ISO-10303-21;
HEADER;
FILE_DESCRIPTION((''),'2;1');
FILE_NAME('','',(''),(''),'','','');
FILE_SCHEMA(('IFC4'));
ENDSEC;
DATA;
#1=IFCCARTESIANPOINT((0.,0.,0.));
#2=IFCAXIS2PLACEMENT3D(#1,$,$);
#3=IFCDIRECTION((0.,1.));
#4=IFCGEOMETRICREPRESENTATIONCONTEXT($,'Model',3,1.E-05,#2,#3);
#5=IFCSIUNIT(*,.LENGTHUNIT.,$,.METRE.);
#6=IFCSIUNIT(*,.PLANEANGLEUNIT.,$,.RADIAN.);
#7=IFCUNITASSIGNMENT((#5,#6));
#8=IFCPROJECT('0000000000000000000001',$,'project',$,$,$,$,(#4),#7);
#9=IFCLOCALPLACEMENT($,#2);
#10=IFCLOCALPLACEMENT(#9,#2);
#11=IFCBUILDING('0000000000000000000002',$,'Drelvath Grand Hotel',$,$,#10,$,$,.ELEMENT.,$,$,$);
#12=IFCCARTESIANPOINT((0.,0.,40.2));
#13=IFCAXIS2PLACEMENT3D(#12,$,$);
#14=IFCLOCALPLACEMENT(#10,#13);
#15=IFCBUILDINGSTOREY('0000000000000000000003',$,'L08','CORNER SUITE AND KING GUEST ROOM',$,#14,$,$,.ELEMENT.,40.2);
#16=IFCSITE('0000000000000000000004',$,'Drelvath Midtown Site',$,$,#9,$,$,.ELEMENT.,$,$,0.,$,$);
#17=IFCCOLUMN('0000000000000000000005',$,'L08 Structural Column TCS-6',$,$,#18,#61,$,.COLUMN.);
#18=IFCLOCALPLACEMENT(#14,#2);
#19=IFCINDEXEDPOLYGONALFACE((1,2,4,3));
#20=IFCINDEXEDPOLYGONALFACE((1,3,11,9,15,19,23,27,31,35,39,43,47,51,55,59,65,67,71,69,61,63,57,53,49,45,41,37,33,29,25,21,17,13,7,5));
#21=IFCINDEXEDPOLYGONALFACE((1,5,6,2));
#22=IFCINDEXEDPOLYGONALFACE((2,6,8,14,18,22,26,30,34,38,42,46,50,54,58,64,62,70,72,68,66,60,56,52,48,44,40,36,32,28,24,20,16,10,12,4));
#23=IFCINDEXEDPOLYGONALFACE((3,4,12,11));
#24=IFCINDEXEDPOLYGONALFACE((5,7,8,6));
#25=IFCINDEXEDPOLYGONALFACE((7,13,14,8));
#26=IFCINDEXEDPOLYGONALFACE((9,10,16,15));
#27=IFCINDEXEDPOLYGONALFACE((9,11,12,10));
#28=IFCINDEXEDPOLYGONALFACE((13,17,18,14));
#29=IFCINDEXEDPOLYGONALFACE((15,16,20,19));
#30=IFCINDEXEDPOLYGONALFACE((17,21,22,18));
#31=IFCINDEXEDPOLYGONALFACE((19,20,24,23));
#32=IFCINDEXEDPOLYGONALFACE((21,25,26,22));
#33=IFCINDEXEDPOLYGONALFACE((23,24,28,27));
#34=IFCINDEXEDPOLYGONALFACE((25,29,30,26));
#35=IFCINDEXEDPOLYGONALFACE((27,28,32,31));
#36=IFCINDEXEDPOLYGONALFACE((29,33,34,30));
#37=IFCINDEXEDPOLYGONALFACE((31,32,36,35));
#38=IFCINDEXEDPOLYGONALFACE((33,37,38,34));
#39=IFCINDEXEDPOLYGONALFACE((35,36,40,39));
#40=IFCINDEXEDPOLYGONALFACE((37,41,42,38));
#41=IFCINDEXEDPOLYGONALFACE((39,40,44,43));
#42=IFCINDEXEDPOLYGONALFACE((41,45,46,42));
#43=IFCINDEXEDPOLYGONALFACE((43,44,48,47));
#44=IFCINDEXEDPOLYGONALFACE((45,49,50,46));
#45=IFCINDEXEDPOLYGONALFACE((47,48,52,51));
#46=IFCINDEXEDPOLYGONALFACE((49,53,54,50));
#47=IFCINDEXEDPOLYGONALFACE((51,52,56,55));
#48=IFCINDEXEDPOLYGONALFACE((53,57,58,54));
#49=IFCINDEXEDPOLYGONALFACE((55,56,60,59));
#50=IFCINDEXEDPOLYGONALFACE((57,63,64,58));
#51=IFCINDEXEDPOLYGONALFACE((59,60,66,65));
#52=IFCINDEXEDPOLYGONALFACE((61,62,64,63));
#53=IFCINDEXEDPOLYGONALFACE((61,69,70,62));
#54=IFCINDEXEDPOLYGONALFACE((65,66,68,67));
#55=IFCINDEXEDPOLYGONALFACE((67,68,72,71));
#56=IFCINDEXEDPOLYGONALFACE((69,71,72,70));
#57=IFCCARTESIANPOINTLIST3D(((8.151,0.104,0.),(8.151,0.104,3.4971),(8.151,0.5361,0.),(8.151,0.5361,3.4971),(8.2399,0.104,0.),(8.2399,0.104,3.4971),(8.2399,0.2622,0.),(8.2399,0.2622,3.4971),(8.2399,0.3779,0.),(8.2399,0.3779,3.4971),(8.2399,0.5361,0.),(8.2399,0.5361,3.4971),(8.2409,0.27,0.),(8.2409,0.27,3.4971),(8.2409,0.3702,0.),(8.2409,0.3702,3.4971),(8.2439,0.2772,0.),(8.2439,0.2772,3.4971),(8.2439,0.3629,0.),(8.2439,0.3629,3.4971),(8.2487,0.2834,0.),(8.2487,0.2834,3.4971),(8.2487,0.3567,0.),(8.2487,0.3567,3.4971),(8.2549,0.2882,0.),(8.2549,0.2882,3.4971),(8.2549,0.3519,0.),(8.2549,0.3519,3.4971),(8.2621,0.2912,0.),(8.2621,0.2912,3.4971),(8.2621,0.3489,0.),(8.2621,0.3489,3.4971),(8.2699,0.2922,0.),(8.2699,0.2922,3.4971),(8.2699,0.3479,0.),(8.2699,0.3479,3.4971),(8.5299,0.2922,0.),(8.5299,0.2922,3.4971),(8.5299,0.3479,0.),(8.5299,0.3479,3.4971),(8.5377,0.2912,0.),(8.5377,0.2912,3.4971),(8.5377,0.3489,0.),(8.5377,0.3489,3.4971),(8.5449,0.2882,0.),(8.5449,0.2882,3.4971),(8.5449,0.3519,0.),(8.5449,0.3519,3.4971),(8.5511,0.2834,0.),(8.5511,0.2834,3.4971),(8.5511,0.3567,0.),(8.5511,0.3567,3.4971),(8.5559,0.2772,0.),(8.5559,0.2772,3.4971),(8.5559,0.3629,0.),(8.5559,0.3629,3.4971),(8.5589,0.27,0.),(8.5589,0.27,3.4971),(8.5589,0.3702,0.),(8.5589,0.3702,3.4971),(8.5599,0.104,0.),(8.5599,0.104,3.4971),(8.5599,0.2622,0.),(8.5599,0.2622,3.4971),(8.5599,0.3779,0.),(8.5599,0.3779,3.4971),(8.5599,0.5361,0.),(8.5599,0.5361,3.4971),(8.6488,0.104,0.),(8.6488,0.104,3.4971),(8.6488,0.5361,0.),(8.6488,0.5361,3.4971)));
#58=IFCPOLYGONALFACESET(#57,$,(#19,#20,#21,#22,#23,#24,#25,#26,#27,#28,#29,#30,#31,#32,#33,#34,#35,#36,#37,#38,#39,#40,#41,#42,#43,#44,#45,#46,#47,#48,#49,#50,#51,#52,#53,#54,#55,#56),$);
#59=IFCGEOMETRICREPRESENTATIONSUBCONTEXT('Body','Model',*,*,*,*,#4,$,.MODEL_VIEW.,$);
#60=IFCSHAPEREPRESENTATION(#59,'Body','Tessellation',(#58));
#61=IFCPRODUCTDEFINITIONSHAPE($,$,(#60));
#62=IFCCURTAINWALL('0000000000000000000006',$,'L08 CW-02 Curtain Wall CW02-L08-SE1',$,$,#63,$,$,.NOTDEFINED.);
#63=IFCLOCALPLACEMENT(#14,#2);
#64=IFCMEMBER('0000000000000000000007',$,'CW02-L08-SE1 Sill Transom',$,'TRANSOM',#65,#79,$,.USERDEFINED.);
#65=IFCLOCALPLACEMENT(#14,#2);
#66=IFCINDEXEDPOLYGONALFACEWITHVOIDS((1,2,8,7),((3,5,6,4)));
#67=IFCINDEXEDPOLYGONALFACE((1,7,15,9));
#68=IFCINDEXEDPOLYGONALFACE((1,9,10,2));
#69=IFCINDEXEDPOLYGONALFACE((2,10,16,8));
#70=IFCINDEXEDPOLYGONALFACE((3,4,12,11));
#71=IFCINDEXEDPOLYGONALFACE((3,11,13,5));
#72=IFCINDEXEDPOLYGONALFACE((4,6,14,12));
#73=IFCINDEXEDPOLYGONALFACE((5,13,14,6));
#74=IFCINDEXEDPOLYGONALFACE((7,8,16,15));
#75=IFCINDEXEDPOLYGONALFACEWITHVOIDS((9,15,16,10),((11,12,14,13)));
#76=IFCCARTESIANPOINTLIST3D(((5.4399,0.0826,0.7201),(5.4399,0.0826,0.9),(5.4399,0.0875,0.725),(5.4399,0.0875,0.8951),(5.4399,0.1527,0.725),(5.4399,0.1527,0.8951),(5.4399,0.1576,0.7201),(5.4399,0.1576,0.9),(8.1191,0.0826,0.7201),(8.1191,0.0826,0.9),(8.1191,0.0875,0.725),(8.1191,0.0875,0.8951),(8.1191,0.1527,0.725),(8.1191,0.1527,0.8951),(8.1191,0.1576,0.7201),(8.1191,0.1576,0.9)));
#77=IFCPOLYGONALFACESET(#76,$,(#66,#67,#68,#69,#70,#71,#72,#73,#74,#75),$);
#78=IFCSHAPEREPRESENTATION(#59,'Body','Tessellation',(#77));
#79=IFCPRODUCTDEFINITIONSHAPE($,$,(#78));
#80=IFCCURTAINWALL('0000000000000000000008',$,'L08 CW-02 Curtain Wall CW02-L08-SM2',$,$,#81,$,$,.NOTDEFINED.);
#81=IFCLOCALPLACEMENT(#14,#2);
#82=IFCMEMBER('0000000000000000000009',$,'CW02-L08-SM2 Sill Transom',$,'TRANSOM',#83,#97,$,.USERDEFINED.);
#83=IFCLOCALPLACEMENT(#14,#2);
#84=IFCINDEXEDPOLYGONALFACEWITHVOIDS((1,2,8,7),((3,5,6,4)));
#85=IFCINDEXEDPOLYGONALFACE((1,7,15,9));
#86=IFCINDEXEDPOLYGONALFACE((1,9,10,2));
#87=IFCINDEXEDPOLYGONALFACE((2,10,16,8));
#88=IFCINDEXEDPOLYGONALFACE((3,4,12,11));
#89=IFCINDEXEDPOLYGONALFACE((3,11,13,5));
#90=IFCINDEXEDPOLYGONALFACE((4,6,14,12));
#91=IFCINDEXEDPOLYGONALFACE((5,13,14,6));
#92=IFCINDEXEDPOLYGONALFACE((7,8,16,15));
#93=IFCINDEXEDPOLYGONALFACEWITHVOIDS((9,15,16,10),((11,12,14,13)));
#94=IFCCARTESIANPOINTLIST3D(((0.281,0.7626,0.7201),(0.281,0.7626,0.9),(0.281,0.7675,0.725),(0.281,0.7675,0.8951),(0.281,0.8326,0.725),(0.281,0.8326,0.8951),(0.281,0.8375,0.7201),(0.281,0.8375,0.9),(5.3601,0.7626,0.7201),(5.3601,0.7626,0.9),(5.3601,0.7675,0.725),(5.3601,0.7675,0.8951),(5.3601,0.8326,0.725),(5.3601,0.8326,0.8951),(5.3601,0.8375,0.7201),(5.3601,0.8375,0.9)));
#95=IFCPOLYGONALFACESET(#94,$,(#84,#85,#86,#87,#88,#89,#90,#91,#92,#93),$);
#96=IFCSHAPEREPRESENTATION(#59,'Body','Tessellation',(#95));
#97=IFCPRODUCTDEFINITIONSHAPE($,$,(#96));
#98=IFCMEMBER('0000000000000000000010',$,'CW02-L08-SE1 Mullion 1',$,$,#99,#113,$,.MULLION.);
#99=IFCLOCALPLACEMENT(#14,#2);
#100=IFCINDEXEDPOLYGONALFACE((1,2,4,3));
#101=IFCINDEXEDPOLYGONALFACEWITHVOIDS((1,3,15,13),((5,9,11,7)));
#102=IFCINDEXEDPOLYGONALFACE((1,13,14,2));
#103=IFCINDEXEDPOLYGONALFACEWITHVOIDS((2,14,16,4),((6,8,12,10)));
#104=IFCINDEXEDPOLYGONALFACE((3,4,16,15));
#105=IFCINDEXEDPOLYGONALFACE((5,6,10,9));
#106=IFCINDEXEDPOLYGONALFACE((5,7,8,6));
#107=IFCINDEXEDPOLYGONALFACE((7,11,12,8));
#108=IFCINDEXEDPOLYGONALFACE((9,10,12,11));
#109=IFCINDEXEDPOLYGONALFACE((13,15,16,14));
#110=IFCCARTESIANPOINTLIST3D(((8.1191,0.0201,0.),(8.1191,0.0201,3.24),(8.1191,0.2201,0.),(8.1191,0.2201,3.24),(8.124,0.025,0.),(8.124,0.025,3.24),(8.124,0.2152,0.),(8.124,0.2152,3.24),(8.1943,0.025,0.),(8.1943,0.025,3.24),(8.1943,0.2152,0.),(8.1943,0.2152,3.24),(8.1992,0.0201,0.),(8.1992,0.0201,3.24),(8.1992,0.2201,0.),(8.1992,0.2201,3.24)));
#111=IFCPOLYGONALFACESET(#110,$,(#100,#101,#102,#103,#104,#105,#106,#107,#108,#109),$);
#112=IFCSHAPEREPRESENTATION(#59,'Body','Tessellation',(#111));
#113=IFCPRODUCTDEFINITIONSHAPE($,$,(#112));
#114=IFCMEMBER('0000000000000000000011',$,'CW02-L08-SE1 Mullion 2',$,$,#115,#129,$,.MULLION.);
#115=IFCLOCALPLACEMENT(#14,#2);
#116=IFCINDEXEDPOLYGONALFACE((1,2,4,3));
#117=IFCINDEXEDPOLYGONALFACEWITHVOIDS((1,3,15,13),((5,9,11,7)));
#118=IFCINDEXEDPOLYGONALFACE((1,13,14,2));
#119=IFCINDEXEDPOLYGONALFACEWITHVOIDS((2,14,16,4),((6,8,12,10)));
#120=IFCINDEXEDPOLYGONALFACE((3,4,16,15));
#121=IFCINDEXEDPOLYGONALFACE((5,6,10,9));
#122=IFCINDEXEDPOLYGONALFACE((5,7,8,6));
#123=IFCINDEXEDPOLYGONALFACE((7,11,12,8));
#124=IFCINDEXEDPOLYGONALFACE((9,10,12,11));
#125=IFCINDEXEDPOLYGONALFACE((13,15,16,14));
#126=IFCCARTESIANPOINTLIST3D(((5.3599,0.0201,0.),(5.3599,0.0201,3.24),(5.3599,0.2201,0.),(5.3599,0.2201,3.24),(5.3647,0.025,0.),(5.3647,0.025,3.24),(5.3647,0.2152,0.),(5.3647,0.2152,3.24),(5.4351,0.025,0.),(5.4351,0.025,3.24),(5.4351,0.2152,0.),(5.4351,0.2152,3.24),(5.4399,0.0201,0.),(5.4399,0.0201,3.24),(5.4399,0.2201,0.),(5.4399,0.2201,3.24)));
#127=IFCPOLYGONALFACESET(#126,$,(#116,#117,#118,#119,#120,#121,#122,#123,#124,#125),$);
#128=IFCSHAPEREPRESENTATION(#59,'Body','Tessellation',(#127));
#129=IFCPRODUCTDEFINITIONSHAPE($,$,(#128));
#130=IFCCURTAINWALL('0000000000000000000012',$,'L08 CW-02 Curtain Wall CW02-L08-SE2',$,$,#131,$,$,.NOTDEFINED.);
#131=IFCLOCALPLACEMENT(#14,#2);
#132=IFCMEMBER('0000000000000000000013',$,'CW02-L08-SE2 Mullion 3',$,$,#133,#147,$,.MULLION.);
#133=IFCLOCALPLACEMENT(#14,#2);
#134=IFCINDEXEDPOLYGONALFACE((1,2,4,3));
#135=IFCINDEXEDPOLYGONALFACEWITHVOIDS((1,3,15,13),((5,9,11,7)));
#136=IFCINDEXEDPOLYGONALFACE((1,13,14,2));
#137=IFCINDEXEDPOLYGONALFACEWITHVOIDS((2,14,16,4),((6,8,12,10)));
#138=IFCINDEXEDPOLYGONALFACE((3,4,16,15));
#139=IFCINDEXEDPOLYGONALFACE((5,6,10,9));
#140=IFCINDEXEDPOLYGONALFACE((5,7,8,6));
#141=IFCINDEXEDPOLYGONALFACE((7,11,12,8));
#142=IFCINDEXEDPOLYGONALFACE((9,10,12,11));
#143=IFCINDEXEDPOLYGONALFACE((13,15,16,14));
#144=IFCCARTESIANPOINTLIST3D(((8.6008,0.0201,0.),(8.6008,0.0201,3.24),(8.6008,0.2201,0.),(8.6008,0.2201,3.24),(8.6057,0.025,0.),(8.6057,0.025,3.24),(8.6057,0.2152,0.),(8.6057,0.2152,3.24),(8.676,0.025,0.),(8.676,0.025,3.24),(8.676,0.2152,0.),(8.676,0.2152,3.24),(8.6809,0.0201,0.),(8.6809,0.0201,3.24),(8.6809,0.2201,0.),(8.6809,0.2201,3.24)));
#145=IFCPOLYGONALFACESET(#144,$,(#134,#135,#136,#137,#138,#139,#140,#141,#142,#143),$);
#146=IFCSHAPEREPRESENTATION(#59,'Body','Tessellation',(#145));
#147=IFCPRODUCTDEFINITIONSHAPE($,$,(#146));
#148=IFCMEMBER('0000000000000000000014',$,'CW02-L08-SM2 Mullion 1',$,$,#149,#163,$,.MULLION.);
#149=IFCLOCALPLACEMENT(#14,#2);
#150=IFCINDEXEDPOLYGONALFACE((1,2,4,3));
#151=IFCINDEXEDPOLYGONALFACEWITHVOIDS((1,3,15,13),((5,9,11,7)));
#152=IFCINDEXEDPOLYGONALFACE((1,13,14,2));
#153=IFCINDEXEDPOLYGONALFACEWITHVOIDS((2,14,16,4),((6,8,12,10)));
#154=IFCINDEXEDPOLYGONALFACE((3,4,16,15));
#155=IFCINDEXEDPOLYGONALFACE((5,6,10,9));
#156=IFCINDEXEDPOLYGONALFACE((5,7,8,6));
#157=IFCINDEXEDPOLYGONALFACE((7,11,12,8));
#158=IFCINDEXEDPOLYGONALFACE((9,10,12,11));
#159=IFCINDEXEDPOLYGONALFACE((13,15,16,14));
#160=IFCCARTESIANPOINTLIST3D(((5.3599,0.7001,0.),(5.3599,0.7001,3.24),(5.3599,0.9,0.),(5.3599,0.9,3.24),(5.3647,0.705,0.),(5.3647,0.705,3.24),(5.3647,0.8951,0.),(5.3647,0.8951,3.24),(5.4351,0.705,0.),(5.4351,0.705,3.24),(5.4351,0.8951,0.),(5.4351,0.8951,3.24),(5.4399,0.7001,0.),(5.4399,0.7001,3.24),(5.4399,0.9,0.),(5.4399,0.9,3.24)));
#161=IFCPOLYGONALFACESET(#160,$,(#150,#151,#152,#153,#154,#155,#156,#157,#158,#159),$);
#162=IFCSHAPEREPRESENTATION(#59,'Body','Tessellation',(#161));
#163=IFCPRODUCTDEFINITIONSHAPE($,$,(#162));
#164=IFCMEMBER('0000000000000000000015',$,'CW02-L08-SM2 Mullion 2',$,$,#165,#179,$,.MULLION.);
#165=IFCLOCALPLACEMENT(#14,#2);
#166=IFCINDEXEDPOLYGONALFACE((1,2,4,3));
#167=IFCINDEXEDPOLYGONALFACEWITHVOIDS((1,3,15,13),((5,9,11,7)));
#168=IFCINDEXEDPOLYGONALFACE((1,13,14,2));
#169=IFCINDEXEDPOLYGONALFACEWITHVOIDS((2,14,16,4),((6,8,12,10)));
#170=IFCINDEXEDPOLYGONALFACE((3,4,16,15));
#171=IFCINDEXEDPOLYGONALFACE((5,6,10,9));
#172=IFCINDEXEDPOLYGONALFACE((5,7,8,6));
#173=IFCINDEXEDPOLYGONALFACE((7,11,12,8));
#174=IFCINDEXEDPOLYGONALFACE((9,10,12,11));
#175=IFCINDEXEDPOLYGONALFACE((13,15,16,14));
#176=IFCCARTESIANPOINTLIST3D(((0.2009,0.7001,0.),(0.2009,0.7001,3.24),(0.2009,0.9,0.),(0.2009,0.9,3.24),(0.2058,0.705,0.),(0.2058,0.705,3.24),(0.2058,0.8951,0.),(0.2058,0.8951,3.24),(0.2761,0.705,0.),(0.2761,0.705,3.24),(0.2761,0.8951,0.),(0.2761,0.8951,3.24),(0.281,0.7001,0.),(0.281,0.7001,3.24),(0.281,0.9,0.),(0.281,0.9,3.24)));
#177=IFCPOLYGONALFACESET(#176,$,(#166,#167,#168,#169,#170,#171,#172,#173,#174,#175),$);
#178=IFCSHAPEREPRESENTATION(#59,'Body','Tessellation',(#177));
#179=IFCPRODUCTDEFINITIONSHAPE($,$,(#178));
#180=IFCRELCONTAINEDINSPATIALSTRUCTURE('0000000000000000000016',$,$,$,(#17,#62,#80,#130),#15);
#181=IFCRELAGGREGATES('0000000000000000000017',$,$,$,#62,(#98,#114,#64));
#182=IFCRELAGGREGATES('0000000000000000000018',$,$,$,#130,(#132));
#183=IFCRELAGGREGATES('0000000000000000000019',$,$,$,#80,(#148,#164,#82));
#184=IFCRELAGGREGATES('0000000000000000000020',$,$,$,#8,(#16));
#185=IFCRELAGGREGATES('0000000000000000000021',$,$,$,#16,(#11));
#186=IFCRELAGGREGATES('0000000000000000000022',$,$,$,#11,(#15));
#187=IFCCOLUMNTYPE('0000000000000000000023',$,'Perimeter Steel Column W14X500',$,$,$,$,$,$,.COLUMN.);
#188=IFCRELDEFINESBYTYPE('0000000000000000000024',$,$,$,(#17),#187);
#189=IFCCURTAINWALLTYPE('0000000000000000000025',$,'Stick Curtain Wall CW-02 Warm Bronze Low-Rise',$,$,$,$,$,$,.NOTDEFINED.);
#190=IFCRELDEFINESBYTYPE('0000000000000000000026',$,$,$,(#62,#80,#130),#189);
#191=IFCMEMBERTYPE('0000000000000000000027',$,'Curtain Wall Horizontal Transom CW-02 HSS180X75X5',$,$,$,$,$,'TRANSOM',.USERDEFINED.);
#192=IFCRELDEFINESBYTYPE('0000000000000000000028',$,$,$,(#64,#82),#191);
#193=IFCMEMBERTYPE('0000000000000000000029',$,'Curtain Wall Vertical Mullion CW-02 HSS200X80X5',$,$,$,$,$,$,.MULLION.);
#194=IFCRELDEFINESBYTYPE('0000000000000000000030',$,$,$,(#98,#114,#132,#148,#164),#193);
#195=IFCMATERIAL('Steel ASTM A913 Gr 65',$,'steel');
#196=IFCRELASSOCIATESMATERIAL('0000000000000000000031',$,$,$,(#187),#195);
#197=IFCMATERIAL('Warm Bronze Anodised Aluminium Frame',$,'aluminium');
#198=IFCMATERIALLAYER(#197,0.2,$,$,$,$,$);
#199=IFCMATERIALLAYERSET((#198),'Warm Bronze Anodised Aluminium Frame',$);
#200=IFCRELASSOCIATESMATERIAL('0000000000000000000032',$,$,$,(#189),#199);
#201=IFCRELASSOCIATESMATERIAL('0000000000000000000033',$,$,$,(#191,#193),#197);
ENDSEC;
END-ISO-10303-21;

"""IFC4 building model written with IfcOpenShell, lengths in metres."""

from ifc_helpers import new_model, si_unit, direction, frame, origin, origin_2d, place, context, subcontext, project, spatial, hollow_rectangle, i_section, extrude, material, layer, layer_set, material_profile, profile_set, type_object, element, aggregate, save


model = new_model("IFC4")

# Units and contexts
model_context = context("Model", 3, precision=1e-05, world=origin(), true_north=direction((0.0, 1.0)))
body_context = subcontext(model_context, "Body", "Model", "MODEL_VIEW")
ifc_project = project(units=[si_unit("LENGTHUNIT", "METRE"), si_unit("PLANEANGLEUNIT", "RADIAN")], contexts=[model_context])

# Site, building, storey
site_placement = place(None, origin())
site = spatial("IfcSite", under=ifc_project, at=site_placement, Name="Drelvath Midtown Site", CompositionType="ELEMENT", RefElevation=0.0)
building_placement = place(site_placement, origin())
building = spatial("IfcBuilding", under=site, at=building_placement, Name="Drelvath Grand Hotel", CompositionType="ELEMENT")
storey_placement = place(building_placement, frame((0.0, 0.0, 40.2)))
storey = spatial("IfcBuildingStorey", under=building, at=storey_placement, Name="L08", Description="CORNER SUITE AND KING GUEST ROOM", CompositionType="ELEMENT", Elevation=40.2)

# Column
ifc_material_1 = material(Name="Steel ASTM A913 Gr 65", Category="steel")
ifc_material_profile_1 = material_profile(ifc_material_1, i_section(OverallWidth=0.4321, OverallDepth=0.4978, WebThickness=0.0557, FlangeThickness=0.0889, FilletRadius=0.03, at=origin_2d()), Name="W14X500")
ifc_profile_set_1 = profile_set([ifc_material_profile_1], Name="Steel ASTM A913 Gr 65")
column_type = type_object("IfcColumnType", Name="Perimeter Steel Column W14X500", PredefinedType="COLUMN", material=ifc_profile_set_1)
column_placement = place(storey_placement, frame((8.3999, 0.3201, 0.0), z_axis=(0.0, 0.0, 1.0), x_axis=(0.0, 1.0, 0.0)))
element("IfcColumn", 1, at=column_placement, inside=storey, type_object=column_type, Name="L08 Structural Column TCS-6", PredefinedType="COLUMN", context=body_context, shape_type="SweptSolid", body=[
    extrude(i_section(OverallWidth=0.4321, OverallDepth=0.4978, WebThickness=0.0557, FlangeThickness=0.0889, FilletRadius=0.03, at=origin_2d()), origin(), (0.0, 0.0, 1.0), 3.4971),
])

# Curtain walls, members
ifc_material_2 = material(Name="Warm Bronze Anodised Aluminium Frame", Category="aluminium")
ifc_layer_1 = layer(ifc_material_2, 0.2)
ifc_layer_set_1 = layer_set([ifc_layer_1], Name="Warm Bronze Anodised Aluminium Frame")
curtain_wall_type = type_object("IfcCurtainWallType", Name="Stick Curtain Wall CW-02 Warm Bronze Low-Rise", PredefinedType="NOTDEFINED", material=ifc_layer_set_1)
curtain_wall_1_placement = place(storey_placement, origin())
curtain_wall_1 = element("IfcCurtainWall", 2, at=curtain_wall_1_placement, inside=storey, type_object=curtain_wall_type, Name="L08 CW-02 Curtain Wall CW02-L08-SE1", PredefinedType="NOTDEFINED")
ifc_material_profile_2 = material_profile(ifc_material_2, hollow_rectangle(XDim=0.075, YDim=0.1799, WallThickness=0.0049, at=origin_2d()), Name="HSS180X75X5")
ifc_profile_set_2 = profile_set([ifc_material_profile_2], Name="Warm Bronze Anodised Aluminium Frame")
member_type_1 = type_object("IfcMemberType", Name="Curtain Wall Horizontal Transom CW-02 HSS180X75X5", ElementType="TRANSOM", PredefinedType="USERDEFINED", material=ifc_profile_set_2)
member_1_placement = place(storey_placement, frame((8.1191, 0.1201, 0.8101), z_axis=(-1.0, 0.0, 0.0), x_axis=(0.0, -1.0, 0.0)))
member_1 = element("IfcMember", 3, at=member_1_placement, type_object=member_type_1, Name="CW02-L08-SE1 Sill Transom", ObjectType="TRANSOM", PredefinedType="USERDEFINED", context=body_context, shape_type="SweptSolid", body=[
    extrude(hollow_rectangle(XDim=0.075, YDim=0.1799, WallThickness=0.0049, at=origin_2d()), origin(), (0.0, 0.0, 1.0), 2.6792),
])
curtain_wall_2_placement = place(storey_placement, origin())
curtain_wall_2 = element("IfcCurtainWall", 4, at=curtain_wall_2_placement, inside=storey, type_object=curtain_wall_type, Name="L08 CW-02 Curtain Wall CW02-L08-SM2", PredefinedType="NOTDEFINED")
member_2_placement = place(storey_placement, frame((5.3601, 0.8, 0.8101), z_axis=(-1.0, 0.0, 0.0), x_axis=(0.0, -1.0, 0.0)))
member_2 = element("IfcMember", 5, at=member_2_placement, type_object=member_type_1, Name="CW02-L08-SM2 Sill Transom", ObjectType="TRANSOM", PredefinedType="USERDEFINED", context=body_context, shape_type="SweptSolid", body=[
    extrude(hollow_rectangle(XDim=0.075, YDim=0.1799, WallThickness=0.0049, at=origin_2d()), origin(), (0.0, 0.0, 1.0), 5.0791),
])

# Members
ifc_material_profile_3 = material_profile(ifc_material_2, hollow_rectangle(XDim=0.0801, YDim=0.2, WallThickness=0.0049, at=origin_2d()), Name="HSS200X80X5")
ifc_profile_set_3 = profile_set([ifc_material_profile_3], Name="Warm Bronze Anodised Aluminium Frame")
member_type_2 = type_object("IfcMemberType", Name="Curtain Wall Vertical Mullion CW-02 HSS200X80X5", PredefinedType="MULLION", material=ifc_profile_set_3)
member_3_placement = place(storey_placement, frame((8.1592, 0.1201, 0.0), z_axis=(0.0, 0.0, 1.0), x_axis=(1.0, 0.0, 0.0)))
member_3 = element("IfcMember", 6, at=member_3_placement, type_object=member_type_2, Name="CW02-L08-SE1 Mullion 1", PredefinedType="MULLION", context=body_context, shape_type="SweptSolid", body=[
    extrude(hollow_rectangle(XDim=0.0801, YDim=0.2, WallThickness=0.0049, at=origin_2d()), origin(), (0.0, 0.0, 1.0), 3.24),
])
member_4_placement = place(storey_placement, frame((5.3999, 0.1201, 0.0), z_axis=(0.0, 0.0, 1.0), x_axis=(1.0, 0.0, 0.0)))
member_4 = element("IfcMember", 7, at=member_4_placement, type_object=member_type_2, Name="CW02-L08-SE1 Mullion 2", PredefinedType="MULLION", context=body_context, shape_type="SweptSolid", body=[
    extrude(hollow_rectangle(XDim=0.0801, YDim=0.2, WallThickness=0.0049, at=origin_2d()), origin(), (0.0, 0.0, 1.0), 3.24),
])

# Curtain wall, member
curtain_wall_3_placement = place(storey_placement, origin())
curtain_wall_3 = element("IfcCurtainWall", 8, at=curtain_wall_3_placement, inside=storey, type_object=curtain_wall_type, Name="L08 CW-02 Curtain Wall CW02-L08-SE2", PredefinedType="NOTDEFINED")
member_5_placement = place(storey_placement, frame((8.6409, 0.1201, 0.0), z_axis=(0.0, 0.0, 1.0), x_axis=(1.0, 0.0, 0.0)))
member_5 = element("IfcMember", 9, at=member_5_placement, type_object=member_type_2, Name="CW02-L08-SE2 Mullion 3", PredefinedType="MULLION", context=body_context, shape_type="SweptSolid", body=[
    extrude(hollow_rectangle(XDim=0.0801, YDim=0.2, WallThickness=0.0049, at=origin_2d()), origin(), (0.0, 0.0, 1.0), 3.24),
])

# Members
member_6_placement = place(storey_placement, frame((5.3999, 0.8, 0.0), z_axis=(0.0, 0.0, 1.0), x_axis=(1.0, 0.0, 0.0)))
member_6 = element("IfcMember", 10, at=member_6_placement, type_object=member_type_2, Name="CW02-L08-SM2 Mullion 1", PredefinedType="MULLION", context=body_context, shape_type="SweptSolid", body=[
    extrude(hollow_rectangle(XDim=0.0801, YDim=0.2, WallThickness=0.0049, at=origin_2d()), origin(), (0.0, 0.0, 1.0), 3.24),
])
member_7_placement = place(storey_placement, frame((0.241, 0.8, 0.0), z_axis=(0.0, 0.0, 1.0), x_axis=(1.0, 0.0, 0.0)))
member_7 = element("IfcMember", 11, at=member_7_placement, type_object=member_type_2, Name="CW02-L08-SM2 Mullion 2", PredefinedType="MULLION", context=body_context, shape_type="SweptSolid", body=[
    extrude(hollow_rectangle(XDim=0.0801, YDim=0.2, WallThickness=0.0049, at=origin_2d()), origin(), (0.0, 0.0, 1.0), 3.24),
])

aggregate(curtain_wall_1, [member_3, member_4, member_1])
aggregate(curtain_wall_3, [member_5])
aggregate(curtain_wall_2, [member_6, member_7, member_2])

save(model, "model.ifc")
